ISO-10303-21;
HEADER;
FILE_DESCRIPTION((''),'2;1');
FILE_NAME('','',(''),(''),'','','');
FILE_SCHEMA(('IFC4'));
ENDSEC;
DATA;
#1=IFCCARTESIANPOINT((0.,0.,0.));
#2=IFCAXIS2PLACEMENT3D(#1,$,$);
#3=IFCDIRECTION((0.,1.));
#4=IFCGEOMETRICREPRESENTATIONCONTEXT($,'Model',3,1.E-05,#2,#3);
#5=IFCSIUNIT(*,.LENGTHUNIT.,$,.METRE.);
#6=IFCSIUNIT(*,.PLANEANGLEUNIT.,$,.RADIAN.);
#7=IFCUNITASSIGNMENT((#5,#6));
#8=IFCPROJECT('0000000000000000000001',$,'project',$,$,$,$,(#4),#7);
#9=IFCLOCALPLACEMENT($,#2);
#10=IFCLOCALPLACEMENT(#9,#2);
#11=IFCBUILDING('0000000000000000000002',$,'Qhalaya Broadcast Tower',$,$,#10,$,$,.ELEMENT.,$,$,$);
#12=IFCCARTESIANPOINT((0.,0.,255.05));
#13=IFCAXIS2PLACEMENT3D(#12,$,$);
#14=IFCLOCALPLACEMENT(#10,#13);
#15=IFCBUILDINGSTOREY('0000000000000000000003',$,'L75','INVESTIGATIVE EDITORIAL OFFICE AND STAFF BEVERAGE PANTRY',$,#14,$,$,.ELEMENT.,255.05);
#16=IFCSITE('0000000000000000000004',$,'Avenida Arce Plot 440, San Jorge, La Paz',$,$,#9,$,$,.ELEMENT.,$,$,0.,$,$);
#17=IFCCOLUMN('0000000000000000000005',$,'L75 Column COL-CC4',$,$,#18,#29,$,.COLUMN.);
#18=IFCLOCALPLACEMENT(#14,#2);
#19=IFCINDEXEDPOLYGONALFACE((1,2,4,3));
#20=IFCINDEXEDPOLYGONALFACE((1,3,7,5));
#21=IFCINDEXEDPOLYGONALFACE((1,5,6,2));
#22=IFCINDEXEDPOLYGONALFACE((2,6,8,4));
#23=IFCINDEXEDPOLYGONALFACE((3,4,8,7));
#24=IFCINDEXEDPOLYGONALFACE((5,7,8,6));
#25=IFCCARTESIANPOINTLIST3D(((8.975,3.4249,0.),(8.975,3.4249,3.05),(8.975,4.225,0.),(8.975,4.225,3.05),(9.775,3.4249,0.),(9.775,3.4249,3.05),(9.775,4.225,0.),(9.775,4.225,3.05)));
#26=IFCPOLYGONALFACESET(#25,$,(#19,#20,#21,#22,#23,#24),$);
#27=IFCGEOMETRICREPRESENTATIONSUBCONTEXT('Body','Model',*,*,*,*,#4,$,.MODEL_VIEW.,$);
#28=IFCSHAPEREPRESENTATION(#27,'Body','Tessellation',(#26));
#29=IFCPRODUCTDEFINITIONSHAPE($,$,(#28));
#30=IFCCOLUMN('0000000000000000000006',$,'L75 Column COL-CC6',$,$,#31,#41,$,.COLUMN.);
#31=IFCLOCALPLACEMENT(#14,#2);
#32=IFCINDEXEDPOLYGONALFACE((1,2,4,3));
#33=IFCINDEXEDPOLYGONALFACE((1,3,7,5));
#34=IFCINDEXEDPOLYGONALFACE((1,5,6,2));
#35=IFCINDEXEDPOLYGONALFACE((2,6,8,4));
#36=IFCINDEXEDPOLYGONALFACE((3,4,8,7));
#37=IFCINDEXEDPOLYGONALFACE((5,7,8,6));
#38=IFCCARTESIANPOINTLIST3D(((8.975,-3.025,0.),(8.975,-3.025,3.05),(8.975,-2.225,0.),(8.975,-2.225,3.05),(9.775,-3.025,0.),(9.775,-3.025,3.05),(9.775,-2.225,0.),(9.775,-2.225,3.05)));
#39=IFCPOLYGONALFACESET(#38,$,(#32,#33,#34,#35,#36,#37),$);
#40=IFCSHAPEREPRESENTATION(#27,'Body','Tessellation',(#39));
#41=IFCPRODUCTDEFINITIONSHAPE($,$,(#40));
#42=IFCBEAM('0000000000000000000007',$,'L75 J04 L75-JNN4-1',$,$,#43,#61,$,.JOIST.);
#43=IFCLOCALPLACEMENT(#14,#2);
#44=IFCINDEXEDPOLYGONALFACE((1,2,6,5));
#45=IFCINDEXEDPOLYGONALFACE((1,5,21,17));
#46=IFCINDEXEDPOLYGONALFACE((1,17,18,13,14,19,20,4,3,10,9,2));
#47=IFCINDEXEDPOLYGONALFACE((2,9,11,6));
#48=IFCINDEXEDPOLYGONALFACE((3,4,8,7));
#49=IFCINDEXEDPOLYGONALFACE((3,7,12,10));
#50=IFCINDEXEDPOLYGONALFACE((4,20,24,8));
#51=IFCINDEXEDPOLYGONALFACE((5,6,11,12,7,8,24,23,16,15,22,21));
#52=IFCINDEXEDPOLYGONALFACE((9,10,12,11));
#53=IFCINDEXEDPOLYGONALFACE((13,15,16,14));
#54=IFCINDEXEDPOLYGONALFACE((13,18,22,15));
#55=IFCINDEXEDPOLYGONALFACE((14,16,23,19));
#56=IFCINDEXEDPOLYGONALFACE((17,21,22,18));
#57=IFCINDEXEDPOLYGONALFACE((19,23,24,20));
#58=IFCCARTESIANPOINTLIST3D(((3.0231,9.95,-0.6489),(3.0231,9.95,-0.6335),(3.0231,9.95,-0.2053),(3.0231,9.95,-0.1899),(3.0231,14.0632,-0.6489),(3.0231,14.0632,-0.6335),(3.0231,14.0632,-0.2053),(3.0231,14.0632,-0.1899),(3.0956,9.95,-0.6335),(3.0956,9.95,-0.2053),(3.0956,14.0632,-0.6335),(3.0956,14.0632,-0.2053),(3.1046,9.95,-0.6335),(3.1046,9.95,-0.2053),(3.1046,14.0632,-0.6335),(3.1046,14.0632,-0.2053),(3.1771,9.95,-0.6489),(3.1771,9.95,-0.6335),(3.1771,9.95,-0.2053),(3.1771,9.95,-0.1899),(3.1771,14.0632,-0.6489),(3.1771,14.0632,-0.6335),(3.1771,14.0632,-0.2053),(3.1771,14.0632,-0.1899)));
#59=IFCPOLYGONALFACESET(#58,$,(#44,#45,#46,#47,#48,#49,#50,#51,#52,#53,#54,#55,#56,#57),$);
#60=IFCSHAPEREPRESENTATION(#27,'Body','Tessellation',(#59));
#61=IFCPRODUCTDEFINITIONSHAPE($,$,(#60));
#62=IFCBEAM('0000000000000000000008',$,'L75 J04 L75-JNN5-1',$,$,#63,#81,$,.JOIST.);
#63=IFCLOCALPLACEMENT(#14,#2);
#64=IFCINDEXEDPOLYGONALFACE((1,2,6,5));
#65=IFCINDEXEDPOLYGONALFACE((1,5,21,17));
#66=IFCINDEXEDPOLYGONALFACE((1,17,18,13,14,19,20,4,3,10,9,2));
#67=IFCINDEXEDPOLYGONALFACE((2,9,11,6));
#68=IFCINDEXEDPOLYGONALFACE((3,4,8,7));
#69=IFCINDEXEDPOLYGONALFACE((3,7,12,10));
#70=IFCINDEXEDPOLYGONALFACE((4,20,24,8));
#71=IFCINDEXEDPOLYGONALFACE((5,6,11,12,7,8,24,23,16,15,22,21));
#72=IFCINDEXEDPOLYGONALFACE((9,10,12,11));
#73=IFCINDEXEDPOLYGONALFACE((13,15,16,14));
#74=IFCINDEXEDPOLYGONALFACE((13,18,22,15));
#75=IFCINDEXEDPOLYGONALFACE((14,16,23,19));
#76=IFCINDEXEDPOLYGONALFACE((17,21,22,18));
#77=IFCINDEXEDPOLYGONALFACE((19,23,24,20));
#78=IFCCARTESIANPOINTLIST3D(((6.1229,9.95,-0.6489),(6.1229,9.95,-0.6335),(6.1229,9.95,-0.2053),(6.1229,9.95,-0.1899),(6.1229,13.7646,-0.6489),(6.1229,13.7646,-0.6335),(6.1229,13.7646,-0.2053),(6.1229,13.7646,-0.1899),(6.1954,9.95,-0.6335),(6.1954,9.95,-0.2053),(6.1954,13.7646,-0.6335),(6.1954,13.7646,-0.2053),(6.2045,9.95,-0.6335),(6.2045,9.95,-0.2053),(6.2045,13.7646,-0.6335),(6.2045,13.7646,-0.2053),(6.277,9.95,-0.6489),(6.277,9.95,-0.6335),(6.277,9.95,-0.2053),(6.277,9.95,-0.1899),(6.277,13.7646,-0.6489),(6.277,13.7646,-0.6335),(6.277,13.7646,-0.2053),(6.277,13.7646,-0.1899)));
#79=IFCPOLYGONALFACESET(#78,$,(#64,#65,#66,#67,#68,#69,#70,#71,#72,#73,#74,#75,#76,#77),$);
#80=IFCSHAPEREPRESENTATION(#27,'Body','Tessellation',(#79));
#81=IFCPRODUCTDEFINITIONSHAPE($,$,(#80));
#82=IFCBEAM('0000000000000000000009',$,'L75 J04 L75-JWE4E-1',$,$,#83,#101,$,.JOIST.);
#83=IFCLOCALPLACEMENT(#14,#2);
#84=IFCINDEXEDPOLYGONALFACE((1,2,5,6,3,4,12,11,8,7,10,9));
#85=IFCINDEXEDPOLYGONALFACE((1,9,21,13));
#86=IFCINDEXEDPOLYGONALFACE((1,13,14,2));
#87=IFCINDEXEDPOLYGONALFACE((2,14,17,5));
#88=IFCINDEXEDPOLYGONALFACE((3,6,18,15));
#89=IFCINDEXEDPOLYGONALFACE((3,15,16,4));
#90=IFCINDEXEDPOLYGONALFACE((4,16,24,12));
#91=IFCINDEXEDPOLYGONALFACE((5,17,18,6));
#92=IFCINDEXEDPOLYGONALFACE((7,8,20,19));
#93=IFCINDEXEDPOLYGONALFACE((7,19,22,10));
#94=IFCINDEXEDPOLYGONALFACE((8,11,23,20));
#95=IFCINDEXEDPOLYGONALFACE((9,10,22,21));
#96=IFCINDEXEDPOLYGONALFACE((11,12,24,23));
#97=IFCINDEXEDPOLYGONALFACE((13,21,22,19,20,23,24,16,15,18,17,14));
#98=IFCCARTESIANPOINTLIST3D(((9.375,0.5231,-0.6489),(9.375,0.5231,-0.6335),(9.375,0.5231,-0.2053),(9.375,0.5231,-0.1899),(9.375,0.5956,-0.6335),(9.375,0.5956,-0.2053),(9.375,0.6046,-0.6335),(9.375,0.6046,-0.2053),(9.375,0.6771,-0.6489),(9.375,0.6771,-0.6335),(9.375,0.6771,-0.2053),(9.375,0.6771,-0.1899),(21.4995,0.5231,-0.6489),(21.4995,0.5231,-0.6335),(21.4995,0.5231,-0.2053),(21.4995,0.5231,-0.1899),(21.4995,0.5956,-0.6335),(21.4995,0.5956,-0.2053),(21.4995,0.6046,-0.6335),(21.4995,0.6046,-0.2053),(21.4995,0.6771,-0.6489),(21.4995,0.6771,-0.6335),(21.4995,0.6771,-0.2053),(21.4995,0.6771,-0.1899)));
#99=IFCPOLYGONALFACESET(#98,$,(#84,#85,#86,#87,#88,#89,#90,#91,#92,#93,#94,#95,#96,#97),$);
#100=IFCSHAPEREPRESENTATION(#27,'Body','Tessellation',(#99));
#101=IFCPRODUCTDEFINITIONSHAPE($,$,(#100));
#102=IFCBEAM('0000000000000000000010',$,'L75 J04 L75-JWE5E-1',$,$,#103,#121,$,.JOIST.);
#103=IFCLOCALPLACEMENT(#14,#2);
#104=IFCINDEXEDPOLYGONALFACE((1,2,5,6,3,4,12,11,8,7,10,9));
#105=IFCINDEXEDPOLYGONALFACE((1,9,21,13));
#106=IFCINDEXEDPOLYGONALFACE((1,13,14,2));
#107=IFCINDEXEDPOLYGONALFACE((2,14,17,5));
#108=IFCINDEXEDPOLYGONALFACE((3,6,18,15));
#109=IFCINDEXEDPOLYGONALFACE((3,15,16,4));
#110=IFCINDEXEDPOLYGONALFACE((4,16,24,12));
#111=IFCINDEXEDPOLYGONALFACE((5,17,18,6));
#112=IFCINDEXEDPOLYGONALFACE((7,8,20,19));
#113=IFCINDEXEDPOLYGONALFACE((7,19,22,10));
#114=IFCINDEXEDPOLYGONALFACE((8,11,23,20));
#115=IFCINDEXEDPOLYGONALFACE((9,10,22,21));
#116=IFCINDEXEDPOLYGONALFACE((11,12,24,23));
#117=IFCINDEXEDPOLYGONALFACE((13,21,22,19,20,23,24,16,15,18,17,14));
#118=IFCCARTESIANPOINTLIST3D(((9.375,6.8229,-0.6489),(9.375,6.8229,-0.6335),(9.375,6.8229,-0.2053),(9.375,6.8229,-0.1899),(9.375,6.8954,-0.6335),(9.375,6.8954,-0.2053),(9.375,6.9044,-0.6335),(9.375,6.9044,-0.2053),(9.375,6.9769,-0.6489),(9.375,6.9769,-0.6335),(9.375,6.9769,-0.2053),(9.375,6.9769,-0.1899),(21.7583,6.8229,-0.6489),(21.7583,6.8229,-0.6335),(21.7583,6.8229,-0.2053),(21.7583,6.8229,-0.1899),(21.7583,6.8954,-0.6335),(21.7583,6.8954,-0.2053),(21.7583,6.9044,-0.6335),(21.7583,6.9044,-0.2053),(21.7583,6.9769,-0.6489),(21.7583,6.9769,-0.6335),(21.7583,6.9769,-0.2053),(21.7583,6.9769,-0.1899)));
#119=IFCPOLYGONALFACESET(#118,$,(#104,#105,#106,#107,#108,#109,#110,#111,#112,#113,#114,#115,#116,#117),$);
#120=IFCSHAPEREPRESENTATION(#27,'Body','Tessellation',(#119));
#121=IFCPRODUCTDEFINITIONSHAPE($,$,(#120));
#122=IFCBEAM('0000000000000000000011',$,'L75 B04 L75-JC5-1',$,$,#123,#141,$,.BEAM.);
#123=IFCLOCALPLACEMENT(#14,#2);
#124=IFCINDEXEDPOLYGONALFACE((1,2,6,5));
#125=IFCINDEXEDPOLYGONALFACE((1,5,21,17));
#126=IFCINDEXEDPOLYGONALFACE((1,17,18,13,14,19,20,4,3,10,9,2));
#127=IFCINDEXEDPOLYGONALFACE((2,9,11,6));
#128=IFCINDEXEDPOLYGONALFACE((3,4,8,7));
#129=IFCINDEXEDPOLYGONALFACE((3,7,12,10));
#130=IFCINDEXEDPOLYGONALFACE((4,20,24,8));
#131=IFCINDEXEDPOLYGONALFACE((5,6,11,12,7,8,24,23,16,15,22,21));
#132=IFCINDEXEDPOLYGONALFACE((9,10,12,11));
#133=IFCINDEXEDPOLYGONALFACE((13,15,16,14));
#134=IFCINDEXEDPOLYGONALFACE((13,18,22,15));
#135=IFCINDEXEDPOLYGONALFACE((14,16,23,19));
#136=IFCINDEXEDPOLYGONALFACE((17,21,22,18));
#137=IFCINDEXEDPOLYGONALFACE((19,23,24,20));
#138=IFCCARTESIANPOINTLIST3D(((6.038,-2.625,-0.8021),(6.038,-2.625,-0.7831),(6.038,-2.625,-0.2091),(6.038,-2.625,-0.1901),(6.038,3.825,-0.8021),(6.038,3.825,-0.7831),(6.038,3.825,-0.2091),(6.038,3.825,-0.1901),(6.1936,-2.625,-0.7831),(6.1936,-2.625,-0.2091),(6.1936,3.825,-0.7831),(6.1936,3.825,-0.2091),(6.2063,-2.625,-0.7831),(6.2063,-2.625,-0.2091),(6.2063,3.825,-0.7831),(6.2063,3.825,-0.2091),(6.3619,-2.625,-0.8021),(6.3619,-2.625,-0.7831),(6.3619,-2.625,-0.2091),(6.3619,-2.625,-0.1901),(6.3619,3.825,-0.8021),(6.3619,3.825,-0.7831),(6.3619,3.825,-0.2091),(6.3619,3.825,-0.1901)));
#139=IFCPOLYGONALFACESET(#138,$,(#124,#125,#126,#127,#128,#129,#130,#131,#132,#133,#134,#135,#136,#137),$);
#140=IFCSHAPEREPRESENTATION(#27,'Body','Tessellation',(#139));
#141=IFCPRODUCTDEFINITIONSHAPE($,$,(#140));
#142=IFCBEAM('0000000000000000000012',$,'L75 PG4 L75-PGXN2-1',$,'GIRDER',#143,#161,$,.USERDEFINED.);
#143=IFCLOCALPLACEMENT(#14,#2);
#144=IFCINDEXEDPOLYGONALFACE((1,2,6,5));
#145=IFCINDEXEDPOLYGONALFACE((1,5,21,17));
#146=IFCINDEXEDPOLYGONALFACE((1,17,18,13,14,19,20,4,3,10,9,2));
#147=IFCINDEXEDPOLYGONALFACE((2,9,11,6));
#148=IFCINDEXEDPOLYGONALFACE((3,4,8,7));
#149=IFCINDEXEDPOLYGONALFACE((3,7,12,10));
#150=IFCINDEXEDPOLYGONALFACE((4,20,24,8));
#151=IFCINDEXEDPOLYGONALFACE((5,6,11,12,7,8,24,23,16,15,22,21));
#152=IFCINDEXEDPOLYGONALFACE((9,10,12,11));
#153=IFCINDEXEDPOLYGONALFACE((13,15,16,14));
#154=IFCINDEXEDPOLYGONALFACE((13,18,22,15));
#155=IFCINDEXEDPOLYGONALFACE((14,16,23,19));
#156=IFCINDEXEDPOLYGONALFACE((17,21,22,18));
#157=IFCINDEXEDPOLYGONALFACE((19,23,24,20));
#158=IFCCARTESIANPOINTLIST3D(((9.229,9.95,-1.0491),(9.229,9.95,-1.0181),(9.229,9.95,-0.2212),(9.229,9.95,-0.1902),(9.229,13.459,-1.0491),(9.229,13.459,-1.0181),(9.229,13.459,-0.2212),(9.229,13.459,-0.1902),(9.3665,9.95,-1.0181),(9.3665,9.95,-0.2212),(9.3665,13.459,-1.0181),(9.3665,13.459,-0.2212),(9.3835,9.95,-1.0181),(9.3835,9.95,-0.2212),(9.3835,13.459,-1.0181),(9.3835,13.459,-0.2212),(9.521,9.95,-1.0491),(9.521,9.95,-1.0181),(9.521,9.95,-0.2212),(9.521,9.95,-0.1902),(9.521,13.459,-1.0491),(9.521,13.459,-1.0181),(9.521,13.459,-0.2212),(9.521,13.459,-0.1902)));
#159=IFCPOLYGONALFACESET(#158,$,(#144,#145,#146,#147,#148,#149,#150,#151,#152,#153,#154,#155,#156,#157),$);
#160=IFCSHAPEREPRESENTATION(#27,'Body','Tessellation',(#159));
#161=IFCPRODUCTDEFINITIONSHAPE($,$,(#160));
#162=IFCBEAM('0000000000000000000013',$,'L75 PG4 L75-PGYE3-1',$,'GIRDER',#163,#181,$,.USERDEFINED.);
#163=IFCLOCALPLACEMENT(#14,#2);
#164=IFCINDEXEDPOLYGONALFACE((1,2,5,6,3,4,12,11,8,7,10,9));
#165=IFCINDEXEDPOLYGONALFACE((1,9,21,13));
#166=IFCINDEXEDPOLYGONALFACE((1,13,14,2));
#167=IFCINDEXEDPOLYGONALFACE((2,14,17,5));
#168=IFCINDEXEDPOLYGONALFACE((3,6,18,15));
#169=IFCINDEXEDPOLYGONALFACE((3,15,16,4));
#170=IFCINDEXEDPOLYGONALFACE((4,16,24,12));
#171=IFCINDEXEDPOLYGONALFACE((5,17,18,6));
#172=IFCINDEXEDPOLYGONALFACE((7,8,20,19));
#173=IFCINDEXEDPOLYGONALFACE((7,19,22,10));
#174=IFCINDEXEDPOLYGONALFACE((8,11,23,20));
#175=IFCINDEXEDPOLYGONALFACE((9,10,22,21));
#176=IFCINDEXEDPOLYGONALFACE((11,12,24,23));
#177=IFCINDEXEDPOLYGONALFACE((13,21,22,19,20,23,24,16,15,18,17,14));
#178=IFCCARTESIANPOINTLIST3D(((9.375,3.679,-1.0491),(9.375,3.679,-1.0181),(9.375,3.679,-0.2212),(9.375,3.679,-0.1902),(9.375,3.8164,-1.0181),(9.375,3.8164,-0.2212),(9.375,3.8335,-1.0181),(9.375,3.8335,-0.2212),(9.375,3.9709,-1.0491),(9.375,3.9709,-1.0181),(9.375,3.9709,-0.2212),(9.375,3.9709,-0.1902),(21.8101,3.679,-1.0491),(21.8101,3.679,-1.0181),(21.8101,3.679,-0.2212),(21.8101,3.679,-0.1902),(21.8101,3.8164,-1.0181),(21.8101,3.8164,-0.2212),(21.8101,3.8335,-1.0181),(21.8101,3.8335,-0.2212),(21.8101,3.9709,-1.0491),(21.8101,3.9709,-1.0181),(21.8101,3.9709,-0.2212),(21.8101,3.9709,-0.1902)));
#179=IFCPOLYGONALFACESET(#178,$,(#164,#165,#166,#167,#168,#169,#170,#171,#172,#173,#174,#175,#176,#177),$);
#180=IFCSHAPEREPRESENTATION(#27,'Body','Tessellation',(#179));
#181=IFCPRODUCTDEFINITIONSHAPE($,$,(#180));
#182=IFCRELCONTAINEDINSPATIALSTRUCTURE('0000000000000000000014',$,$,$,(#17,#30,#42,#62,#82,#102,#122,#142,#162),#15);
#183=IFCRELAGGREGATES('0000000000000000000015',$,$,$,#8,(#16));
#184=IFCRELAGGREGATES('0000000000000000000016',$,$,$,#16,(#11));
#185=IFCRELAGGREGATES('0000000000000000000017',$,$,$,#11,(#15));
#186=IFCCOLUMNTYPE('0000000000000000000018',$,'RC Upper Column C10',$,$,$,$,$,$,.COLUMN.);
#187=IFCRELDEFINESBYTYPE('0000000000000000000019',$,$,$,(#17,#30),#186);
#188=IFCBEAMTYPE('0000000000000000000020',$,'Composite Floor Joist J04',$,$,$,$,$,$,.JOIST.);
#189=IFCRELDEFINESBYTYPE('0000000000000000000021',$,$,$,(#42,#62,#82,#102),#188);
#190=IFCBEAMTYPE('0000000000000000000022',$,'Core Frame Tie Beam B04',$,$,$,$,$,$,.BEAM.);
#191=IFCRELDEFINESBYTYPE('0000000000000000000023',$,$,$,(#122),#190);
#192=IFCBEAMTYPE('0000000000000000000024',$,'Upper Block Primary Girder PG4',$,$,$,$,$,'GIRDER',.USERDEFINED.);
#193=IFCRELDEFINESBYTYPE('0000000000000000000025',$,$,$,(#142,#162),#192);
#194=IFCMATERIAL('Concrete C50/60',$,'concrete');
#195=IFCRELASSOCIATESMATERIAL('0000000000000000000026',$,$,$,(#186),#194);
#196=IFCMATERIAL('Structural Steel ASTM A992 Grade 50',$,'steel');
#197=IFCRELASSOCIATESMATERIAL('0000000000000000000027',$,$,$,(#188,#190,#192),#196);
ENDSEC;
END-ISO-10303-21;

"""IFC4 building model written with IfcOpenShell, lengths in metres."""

from ifc_helpers import new_model, si_unit, direction, frame, origin, origin_2d, place, context, subcontext, project, spatial, rectangle, i_section, extrude, material, material_profile, profile_set, type_object, element, save


model = new_model("IFC4")

# Units and contexts
model_context = context("Model", 3, precision=1e-05, world=origin(), true_north=direction((0.0, 1.0)))
body_context = subcontext(model_context, "Body", "Model", "MODEL_VIEW")
ifc_project = project(units=[si_unit("LENGTHUNIT", "METRE"), si_unit("PLANEANGLEUNIT", "RADIAN")], contexts=[model_context])

# Site, building, storey
site_placement = place(None, origin())
site = spatial("IfcSite", under=ifc_project, at=site_placement, Name="Avenida Arce Plot 440, San Jorge, La Paz", CompositionType="ELEMENT", RefElevation=0.0)
building_placement = place(site_placement, origin())
building = spatial("IfcBuilding", under=site, at=building_placement, Name="Qhalaya Broadcast Tower", CompositionType="ELEMENT")
storey_placement = place(building_placement, frame((0.0, 0.0, 255.05)))
storey = spatial("IfcBuildingStorey", under=building, at=storey_placement, Name="L75", Description="INVESTIGATIVE EDITORIAL OFFICE AND STAFF BEVERAGE PANTRY", CompositionType="ELEMENT", Elevation=255.05)

# Columns
ifc_material_1 = material(Name="Concrete C50/60", Category="concrete")
ifc_material_profile_1 = material_profile(ifc_material_1, rectangle(XDim=0.8, YDim=0.8, at=origin_2d()), Name="RC-COL 800x800")
ifc_profile_set_1 = profile_set([ifc_material_profile_1], Name="Concrete C50/60")
column_type = type_object("IfcColumnType", Name="RC Upper Column C10", PredefinedType="COLUMN", material=ifc_profile_set_1)
for number, where, z_axis, x_axis, name in (
    (1, (9.375, 3.825, 0.0), (0.0, 0.0, 1.0), (1.0, 0.0, 0.0), "L75 Column COL-CC4"),
    (2, (9.375, -2.625, 0.0), (0.0, 0.0, 1.0), (1.0, 0.0, 0.0), "L75 Column COL-CC6"),
):
    element("IfcColumn", number, at=place(storey_placement, frame(where, z_axis=z_axis, x_axis=x_axis)), inside=storey, type_object=column_type, Name=name, PredefinedType="COLUMN", context=body_context, shape_type="SweptSolid", body=[
        extrude(rectangle(XDim=0.8, YDim=0.8, at=origin_2d()), origin(), (0.0, 0.0, 1.0), 3.05),
    ])

# Beams
ifc_material_2 = material(Name="Structural Steel ASTM A992 Grade 50", Category="steel")
ifc_material_profile_2 = material_profile(ifc_material_2, i_section(OverallWidth=0.1541, OverallDepth=0.459, WebThickness=0.009, FlangeThickness=0.0154, at=origin_2d()), Name="W18X46")
ifc_profile_set_2 = profile_set([ifc_material_profile_2], Name="Structural Steel ASTM A992 Grade 50")
beam_type_1 = type_object("IfcBeamType", Name="Composite Floor Joist J04", PredefinedType="JOIST", material=ifc_profile_set_2)
beam_1_placement = place(storey_placement, frame((3.1001, 9.95, -0.4194), z_axis=(0.0, 1.0, 0.0), x_axis=(-1.0, 0.0, 0.0)))
element("IfcBeam", 3, at=beam_1_placement, inside=storey, type_object=beam_type_1, Name="L75 J04 L75-JNN4-1", PredefinedType="JOIST", context=body_context, shape_type="SweptSolid", body=[
    extrude(i_section(OverallWidth=0.1541, OverallDepth=0.459, WebThickness=0.009, FlangeThickness=0.0154, at=origin_2d()), origin(), (0.0, 0.0, 1.0), 4.1133),
])
beam_2_placement = place(storey_placement, frame((6.2, 9.95, -0.4194), z_axis=(0.0, 1.0, 0.0), x_axis=(-1.0, 0.0, 0.0)))
element("IfcBeam", 4, at=beam_2_placement, inside=storey, type_object=beam_type_1, Name="L75 J04 L75-JNN5-1", PredefinedType="JOIST", context=body_context, shape_type="SweptSolid", body=[
    extrude(i_section(OverallWidth=0.1541, OverallDepth=0.459, WebThickness=0.009, FlangeThickness=0.0154, at=origin_2d()), origin(), (0.0, 0.0, 1.0), 3.8147),
])
beam_3_placement = place(storey_placement, frame((9.375, 0.6001, -0.4194), z_axis=(1.0, 0.0, 0.0), x_axis=(0.0, 1.0, 0.0)))
element("IfcBeam", 5, at=beam_3_placement, inside=storey, type_object=beam_type_1, Name="L75 J04 L75-JWE4E-1", PredefinedType="JOIST", context=body_context, shape_type="SweptSolid", body=[
    extrude(i_section(OverallWidth=0.1541, OverallDepth=0.459, WebThickness=0.009, FlangeThickness=0.0154, at=origin_2d()), origin(), (0.0, 0.0, 1.0), 12.1245),
])
beam_4_placement = place(storey_placement, frame((9.375, 6.8999, -0.4194), z_axis=(1.0, 0.0, 0.0), x_axis=(0.0, 1.0, 0.0)))
element("IfcBeam", 6, at=beam_4_placement, inside=storey, type_object=beam_type_1, Name="L75 J04 L75-JWE5E-1", PredefinedType="JOIST", context=body_context, shape_type="SweptSolid", body=[
    extrude(i_section(OverallWidth=0.1541, OverallDepth=0.459, WebThickness=0.009, FlangeThickness=0.0154, at=origin_2d()), origin(), (0.0, 0.0, 1.0), 12.3833),
])
ifc_material_profile_3 = material_profile(ifc_material_2, i_section(OverallWidth=0.324, OverallDepth=0.6121, WebThickness=0.0127, FlangeThickness=0.019, at=origin_2d()), Name="W24X104")
ifc_profile_set_3 = profile_set([ifc_material_profile_3], Name="Structural Steel ASTM A992 Grade 50")
beam_type_2 = type_object("IfcBeamType", Name="Core Frame Tie Beam B04", PredefinedType="BEAM", material=ifc_profile_set_3)
beam_5_placement = place(storey_placement, frame((6.2, -2.625, -0.4961), z_axis=(0.0, 1.0, 0.0), x_axis=(-1.0, 0.0, 0.0)))
element("IfcBeam", 7, at=beam_5_placement, inside=storey, type_object=beam_type_2, Name="L75 B04 L75-JC5-1", PredefinedType="BEAM", context=body_context, shape_type="SweptSolid", body=[
    extrude(i_section(OverallWidth=0.324, OverallDepth=0.6121, WebThickness=0.0127, FlangeThickness=0.019, at=origin_2d()), origin(), (0.0, 0.0, 1.0), 6.45),
])
ifc_material_profile_4 = material_profile(ifc_material_2, i_section(OverallWidth=0.292, OverallDepth=0.8589, WebThickness=0.0171, FlangeThickness=0.031, at=origin_2d()), Name="W33X169")
ifc_profile_set_4 = profile_set([ifc_material_profile_4], Name="Structural Steel ASTM A992 Grade 50")
beam_type_3 = type_object("IfcBeamType", Name="Upper Block Primary Girder PG4", ElementType="GIRDER", PredefinedType="USERDEFINED", material=ifc_profile_set_4)
beam_6_placement = place(storey_placement, frame((9.375, 9.95, -0.6196), z_axis=(0.0, 1.0, 0.0), x_axis=(-1.0, 0.0, 0.0)))
element("IfcBeam", 8, at=beam_6_placement, inside=storey, type_object=beam_type_3, Name="L75 PG4 L75-PGXN2-1", ObjectType="GIRDER", PredefinedType="USERDEFINED", context=body_context, shape_type="SweptSolid", body=[
    extrude(i_section(OverallWidth=0.292, OverallDepth=0.8589, WebThickness=0.0171, FlangeThickness=0.031, at=origin_2d()), origin(), (0.0, 0.0, 1.0), 3.509),
])
beam_7_placement = place(storey_placement, frame((9.375, 3.825, -0.6196), z_axis=(1.0, 0.0, 0.0), x_axis=(0.0, 1.0, 0.0)))
element("IfcBeam", 9, at=beam_7_placement, inside=storey, type_object=beam_type_3, Name="L75 PG4 L75-PGYE3-1", ObjectType="GIRDER", PredefinedType="USERDEFINED", context=body_context, shape_type="SweptSolid", body=[
    extrude(i_section(OverallWidth=0.292, OverallDepth=0.8589, WebThickness=0.0171, FlangeThickness=0.031, at=origin_2d()), origin(), (0.0, 0.0, 1.0), 12.4351),
])

save(model, "model.ifc")
